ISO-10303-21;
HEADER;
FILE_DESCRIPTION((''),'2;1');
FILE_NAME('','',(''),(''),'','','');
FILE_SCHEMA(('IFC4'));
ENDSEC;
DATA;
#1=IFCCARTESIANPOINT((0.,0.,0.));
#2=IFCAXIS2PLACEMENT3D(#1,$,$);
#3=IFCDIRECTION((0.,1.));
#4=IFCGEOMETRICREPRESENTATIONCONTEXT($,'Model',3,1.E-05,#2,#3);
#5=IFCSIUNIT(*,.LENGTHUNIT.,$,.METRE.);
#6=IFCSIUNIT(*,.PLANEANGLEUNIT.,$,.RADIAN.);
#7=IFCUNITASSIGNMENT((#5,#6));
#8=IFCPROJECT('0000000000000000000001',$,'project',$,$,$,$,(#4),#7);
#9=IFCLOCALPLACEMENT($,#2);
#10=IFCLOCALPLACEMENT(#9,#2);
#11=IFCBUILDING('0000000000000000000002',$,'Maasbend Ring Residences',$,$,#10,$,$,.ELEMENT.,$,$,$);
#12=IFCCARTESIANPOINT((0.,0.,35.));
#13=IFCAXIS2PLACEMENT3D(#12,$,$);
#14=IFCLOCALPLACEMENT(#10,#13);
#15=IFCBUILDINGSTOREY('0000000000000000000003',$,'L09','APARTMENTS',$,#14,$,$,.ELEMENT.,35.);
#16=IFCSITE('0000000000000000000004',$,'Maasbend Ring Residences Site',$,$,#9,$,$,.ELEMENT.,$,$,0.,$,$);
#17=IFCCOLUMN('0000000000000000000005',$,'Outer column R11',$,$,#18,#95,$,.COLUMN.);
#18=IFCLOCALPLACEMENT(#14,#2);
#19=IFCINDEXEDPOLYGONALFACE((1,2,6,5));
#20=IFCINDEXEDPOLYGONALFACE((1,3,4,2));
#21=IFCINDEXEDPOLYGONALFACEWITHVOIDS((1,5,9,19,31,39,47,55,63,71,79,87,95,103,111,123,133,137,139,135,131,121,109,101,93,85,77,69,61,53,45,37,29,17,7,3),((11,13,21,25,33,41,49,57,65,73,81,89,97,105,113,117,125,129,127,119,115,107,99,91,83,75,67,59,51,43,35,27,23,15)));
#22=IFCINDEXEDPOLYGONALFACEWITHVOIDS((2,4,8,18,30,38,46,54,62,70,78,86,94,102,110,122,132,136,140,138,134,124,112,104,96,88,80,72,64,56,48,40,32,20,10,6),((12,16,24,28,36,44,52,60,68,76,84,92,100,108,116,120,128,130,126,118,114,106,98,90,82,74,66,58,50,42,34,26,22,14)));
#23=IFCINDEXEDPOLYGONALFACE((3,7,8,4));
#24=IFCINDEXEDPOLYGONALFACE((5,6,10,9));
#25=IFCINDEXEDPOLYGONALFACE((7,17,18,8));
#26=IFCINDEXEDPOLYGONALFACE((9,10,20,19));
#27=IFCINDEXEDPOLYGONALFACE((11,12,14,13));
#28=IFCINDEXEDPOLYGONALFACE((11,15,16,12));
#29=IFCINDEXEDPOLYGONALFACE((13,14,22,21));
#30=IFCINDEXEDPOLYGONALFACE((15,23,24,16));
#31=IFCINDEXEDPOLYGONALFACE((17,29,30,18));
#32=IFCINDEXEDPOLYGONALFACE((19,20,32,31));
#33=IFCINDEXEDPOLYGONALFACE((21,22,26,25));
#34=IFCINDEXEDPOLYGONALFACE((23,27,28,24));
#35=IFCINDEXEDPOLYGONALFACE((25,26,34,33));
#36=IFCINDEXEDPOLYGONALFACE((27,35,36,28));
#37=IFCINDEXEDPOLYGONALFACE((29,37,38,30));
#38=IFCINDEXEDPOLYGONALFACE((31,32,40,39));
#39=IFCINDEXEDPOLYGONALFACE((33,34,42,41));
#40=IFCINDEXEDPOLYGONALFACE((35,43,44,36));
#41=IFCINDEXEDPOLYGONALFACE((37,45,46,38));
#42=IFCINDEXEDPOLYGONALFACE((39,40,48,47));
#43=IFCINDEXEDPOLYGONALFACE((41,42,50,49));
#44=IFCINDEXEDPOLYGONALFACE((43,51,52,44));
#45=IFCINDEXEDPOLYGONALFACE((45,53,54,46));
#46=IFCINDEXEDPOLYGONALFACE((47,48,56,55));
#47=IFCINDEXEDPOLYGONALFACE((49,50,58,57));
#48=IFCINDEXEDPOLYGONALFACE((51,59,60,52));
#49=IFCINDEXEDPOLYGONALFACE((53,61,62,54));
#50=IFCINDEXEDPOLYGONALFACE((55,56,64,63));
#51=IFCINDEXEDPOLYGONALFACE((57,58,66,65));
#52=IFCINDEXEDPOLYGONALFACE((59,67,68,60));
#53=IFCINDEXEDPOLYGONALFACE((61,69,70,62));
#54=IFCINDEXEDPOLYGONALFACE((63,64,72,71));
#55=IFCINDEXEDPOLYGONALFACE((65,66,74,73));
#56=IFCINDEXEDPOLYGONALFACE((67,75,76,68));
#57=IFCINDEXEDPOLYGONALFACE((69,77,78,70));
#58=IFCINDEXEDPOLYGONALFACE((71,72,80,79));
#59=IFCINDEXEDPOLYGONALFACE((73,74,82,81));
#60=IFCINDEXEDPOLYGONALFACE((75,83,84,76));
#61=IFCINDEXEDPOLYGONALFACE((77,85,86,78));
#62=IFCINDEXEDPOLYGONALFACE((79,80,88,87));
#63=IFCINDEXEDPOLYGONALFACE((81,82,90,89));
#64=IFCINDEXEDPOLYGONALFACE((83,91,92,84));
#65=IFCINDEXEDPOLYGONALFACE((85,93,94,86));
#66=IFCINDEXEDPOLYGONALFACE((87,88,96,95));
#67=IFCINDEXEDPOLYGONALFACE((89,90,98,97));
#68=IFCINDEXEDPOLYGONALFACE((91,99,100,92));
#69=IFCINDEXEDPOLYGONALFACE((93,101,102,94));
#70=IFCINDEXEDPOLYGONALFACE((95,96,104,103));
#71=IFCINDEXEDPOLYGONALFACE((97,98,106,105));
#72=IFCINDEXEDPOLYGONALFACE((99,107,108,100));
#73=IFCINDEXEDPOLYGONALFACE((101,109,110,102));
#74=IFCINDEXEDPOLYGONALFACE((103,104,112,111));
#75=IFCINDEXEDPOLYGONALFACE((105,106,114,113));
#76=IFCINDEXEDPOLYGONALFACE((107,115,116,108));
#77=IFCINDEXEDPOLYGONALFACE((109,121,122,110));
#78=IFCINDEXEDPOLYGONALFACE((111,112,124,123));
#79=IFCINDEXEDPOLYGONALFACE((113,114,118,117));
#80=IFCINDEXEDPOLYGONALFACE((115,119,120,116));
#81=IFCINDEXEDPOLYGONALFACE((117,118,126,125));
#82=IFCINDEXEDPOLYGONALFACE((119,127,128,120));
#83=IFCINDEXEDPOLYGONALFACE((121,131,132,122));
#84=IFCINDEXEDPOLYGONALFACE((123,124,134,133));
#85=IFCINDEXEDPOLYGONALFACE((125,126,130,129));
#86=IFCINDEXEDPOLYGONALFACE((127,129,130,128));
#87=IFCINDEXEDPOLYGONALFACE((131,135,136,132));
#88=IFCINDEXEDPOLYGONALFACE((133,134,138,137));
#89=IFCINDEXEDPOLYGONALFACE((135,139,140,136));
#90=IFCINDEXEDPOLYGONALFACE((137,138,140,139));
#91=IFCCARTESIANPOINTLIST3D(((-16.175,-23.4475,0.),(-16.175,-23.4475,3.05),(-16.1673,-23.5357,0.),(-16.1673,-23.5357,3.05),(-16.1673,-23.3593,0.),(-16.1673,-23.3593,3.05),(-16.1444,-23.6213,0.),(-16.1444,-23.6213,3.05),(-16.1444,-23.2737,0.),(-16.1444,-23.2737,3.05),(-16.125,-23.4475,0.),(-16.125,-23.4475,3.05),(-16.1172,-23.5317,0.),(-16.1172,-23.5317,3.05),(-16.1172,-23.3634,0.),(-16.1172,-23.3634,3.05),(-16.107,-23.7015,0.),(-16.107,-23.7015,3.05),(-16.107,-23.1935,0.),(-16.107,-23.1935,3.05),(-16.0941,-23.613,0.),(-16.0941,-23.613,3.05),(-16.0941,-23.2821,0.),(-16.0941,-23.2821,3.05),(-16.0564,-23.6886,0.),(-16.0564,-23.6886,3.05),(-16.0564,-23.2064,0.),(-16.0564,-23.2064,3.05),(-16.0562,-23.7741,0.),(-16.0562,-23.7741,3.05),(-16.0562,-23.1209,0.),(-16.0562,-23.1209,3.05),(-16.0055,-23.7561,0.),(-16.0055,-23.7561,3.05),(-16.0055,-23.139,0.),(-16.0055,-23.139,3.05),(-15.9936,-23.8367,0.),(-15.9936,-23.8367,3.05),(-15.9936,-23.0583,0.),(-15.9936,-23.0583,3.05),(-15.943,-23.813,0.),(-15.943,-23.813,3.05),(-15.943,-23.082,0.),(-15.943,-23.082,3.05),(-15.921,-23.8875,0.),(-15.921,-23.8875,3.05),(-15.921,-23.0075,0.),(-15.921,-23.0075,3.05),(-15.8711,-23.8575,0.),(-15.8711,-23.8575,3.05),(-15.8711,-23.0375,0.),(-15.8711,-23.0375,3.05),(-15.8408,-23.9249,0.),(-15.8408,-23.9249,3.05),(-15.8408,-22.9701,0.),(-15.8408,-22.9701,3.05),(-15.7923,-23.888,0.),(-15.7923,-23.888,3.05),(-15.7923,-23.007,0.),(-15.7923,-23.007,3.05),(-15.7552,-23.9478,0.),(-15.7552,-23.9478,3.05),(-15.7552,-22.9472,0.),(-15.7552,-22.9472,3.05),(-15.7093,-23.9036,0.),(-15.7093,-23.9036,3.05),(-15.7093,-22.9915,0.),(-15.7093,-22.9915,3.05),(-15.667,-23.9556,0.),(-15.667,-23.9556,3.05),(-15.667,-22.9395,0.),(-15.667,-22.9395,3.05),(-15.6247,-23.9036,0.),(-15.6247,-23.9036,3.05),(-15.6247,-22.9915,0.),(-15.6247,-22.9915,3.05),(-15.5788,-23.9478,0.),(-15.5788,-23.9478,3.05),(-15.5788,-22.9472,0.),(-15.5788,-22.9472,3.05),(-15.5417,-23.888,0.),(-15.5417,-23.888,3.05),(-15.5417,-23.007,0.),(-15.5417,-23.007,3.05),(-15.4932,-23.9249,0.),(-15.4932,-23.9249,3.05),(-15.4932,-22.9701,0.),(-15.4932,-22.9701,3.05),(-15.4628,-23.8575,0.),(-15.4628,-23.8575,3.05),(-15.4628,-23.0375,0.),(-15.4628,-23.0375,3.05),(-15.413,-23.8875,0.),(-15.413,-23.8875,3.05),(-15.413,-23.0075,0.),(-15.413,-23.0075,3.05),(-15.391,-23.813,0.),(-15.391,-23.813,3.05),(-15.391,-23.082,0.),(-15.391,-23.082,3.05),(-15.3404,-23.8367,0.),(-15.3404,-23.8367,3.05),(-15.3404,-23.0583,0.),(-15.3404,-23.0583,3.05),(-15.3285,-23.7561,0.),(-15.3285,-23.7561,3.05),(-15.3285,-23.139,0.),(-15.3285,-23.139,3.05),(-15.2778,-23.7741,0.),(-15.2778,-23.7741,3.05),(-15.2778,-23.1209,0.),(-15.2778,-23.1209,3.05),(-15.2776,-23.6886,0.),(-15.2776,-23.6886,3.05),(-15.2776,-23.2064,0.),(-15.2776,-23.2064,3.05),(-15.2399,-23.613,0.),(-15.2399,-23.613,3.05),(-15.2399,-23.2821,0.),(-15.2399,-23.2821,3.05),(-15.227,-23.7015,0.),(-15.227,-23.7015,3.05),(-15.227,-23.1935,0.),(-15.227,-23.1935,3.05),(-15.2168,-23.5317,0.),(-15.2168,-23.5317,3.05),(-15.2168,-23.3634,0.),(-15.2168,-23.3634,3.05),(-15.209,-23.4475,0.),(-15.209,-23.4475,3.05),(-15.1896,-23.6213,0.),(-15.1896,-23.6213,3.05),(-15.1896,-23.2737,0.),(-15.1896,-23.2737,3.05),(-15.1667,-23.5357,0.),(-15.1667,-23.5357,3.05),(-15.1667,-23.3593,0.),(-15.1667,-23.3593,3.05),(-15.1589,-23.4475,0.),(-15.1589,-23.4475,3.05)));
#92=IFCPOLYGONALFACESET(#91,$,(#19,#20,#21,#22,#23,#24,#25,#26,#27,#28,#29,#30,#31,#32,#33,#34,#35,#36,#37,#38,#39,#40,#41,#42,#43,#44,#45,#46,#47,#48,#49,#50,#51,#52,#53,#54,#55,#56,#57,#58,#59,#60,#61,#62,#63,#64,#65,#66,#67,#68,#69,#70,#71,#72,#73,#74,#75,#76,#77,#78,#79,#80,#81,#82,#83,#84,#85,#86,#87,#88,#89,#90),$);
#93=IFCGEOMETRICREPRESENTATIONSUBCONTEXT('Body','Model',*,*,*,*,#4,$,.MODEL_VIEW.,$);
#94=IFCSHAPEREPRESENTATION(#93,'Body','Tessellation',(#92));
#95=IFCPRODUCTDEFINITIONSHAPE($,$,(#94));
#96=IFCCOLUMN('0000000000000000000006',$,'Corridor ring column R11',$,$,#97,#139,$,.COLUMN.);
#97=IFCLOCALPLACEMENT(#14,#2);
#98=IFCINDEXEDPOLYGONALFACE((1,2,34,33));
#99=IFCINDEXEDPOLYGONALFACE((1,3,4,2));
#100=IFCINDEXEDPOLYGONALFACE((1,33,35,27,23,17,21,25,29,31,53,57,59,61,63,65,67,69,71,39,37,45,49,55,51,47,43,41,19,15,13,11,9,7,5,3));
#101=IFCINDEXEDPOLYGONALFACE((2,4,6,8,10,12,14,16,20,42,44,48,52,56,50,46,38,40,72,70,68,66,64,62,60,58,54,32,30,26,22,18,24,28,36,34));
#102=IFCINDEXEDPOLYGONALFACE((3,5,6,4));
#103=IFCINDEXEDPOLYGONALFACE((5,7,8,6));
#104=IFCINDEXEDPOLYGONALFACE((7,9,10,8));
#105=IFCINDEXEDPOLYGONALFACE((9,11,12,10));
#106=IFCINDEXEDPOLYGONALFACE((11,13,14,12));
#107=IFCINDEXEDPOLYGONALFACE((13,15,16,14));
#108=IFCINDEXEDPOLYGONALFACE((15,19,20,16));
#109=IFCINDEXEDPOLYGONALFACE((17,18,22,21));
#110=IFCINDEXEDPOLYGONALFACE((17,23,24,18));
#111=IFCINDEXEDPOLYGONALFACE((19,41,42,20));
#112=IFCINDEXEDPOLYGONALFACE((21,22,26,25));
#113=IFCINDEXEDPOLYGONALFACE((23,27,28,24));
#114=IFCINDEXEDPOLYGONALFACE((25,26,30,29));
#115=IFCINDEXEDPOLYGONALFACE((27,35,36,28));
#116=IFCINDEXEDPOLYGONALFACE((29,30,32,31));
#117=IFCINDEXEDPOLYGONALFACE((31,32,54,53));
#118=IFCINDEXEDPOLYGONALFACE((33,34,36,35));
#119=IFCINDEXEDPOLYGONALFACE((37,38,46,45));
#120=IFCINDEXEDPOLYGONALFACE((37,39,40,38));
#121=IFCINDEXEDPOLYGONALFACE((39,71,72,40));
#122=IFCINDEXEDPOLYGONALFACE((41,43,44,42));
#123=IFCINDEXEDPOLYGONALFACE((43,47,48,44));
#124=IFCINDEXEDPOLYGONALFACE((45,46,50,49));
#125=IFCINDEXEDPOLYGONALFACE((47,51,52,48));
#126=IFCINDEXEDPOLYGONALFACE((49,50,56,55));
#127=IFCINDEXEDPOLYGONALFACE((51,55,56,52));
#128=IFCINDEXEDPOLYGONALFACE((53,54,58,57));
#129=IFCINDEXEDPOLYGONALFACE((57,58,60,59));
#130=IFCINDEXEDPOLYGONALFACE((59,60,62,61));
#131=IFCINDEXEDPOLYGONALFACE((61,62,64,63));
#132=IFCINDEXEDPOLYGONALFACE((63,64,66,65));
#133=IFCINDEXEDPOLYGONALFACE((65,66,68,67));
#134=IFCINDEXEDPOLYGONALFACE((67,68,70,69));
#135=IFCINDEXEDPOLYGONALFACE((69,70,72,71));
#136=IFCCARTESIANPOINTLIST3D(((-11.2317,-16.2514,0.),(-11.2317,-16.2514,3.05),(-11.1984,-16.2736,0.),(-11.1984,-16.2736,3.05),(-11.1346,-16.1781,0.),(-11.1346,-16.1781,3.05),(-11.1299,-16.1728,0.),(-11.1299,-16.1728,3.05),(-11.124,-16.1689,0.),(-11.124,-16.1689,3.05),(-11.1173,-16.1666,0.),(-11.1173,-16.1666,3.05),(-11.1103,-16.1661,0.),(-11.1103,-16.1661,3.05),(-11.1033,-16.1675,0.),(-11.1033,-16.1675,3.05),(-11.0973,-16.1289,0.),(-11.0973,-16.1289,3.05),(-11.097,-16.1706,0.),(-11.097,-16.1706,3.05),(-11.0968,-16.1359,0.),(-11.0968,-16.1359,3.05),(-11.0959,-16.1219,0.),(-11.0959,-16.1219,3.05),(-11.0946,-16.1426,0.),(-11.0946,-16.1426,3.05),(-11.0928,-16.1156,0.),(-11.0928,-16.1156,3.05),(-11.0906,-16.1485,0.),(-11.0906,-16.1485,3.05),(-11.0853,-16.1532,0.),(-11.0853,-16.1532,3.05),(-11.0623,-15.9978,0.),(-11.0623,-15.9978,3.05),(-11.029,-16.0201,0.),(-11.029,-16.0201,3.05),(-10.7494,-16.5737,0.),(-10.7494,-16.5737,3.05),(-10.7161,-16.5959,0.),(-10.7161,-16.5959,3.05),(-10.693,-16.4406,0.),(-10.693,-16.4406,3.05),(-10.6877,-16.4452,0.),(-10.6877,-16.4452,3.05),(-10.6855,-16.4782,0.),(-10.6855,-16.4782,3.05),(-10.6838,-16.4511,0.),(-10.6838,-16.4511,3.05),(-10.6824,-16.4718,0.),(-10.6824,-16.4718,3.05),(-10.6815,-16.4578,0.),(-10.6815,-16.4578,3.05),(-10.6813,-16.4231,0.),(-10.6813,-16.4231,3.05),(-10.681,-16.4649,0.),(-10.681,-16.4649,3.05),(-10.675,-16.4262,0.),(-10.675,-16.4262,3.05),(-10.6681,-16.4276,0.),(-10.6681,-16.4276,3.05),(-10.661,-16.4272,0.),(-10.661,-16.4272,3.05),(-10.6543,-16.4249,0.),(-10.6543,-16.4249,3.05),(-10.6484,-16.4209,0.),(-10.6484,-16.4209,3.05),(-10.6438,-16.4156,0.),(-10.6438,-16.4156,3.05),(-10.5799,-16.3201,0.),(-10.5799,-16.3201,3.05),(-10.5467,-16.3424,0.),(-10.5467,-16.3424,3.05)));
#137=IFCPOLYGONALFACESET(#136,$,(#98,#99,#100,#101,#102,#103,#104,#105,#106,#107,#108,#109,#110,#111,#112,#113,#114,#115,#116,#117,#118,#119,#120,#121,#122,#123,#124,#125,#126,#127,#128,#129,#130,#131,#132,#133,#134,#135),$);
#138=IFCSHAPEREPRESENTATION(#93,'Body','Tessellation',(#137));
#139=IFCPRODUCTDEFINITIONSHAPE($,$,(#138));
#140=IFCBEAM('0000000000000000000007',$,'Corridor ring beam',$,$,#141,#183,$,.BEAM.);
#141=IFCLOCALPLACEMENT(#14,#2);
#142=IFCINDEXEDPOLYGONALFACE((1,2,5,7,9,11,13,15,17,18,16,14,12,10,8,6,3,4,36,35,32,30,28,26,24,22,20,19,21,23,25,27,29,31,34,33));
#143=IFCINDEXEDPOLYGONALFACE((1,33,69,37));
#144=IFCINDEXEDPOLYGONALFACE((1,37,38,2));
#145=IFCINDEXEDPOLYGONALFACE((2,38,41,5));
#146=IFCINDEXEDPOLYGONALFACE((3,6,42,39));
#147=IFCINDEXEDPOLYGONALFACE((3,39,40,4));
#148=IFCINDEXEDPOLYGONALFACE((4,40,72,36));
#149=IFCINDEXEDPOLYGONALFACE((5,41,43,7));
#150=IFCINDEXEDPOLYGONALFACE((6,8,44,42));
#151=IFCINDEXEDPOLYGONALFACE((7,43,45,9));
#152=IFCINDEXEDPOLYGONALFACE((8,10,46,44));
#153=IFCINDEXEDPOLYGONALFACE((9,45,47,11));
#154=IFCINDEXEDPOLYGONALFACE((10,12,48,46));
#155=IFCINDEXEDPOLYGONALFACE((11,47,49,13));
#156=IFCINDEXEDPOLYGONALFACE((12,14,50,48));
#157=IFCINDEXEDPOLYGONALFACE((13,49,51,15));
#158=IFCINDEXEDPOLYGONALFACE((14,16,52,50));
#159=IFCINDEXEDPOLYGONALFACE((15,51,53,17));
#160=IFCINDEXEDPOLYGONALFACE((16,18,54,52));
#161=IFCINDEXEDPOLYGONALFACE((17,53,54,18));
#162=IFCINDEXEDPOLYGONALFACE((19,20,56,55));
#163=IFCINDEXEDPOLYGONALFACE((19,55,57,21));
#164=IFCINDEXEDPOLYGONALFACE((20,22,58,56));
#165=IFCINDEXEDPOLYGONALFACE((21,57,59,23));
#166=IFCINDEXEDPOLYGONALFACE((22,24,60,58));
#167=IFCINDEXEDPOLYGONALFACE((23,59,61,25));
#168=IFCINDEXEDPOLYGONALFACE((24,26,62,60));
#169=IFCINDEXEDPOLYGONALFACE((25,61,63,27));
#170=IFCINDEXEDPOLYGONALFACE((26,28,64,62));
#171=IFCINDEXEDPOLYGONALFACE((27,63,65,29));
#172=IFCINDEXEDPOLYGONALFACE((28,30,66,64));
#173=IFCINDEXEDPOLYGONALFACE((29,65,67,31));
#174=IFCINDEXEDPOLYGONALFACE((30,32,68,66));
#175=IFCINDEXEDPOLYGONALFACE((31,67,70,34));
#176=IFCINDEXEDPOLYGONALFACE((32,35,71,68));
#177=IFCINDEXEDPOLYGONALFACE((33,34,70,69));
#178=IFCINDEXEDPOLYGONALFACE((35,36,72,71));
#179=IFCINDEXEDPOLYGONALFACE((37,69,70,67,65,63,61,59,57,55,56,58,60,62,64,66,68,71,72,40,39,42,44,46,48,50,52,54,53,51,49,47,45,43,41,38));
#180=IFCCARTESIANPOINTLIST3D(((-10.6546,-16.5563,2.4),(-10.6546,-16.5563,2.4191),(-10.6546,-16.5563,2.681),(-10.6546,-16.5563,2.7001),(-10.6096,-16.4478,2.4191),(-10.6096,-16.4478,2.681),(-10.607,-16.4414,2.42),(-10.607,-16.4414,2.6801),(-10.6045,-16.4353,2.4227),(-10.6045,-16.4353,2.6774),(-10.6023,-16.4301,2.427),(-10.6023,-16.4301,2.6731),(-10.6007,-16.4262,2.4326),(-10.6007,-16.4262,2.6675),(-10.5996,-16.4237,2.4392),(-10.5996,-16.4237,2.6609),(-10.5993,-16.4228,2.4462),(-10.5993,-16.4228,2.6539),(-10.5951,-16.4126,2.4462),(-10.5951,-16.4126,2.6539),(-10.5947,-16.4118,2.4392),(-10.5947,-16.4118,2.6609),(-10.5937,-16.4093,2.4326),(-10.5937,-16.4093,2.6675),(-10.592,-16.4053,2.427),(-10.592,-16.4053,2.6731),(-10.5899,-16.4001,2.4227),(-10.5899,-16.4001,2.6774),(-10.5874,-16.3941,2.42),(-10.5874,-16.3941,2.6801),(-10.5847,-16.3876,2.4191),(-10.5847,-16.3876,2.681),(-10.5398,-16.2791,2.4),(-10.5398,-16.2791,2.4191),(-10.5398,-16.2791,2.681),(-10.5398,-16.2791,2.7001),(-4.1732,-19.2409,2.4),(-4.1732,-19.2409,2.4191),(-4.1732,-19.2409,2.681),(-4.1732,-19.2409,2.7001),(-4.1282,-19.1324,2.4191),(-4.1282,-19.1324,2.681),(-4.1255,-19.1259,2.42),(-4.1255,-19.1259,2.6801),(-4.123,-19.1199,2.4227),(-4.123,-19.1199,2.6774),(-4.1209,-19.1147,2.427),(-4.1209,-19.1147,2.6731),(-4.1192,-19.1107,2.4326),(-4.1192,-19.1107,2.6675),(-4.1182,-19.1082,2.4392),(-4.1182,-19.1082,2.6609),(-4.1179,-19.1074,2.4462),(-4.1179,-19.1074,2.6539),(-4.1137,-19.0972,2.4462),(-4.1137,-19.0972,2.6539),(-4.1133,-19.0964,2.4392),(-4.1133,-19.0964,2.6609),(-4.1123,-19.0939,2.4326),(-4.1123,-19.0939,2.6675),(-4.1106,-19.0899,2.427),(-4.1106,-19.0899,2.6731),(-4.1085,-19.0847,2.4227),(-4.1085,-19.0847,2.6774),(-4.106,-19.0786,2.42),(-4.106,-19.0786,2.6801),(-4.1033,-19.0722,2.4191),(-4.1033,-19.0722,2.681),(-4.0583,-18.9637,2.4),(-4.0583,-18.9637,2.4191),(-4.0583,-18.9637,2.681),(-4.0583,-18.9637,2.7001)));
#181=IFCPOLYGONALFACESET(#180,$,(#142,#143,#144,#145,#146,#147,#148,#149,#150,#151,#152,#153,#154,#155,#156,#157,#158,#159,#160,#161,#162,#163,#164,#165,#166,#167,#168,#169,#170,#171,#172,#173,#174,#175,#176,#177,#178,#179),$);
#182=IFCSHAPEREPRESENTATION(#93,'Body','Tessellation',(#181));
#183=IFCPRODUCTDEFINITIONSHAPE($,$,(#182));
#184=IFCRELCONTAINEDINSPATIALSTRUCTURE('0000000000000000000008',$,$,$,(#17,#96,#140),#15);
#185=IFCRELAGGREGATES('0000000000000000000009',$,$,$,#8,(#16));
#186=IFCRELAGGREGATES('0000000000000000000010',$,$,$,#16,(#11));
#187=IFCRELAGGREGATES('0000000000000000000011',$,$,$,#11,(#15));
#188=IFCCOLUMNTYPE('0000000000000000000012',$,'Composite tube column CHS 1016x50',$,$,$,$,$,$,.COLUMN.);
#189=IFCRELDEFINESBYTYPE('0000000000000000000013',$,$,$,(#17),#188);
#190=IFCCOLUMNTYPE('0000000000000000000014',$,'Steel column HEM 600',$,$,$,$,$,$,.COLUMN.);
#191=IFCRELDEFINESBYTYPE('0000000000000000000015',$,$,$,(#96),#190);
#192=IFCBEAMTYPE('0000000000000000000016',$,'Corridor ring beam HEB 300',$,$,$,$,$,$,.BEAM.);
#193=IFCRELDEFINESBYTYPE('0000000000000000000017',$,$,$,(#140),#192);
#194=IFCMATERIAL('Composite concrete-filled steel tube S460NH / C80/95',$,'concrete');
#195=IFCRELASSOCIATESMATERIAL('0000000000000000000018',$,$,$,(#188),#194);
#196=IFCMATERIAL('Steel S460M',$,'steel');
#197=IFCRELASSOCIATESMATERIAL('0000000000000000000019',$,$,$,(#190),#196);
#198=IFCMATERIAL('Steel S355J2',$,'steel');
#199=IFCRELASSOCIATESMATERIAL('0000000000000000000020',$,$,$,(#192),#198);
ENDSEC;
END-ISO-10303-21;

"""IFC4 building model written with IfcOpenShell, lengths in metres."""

from ifc_helpers import new_model, si_unit, direction, frame, origin, origin_2d, place, context, subcontext, project, spatial, hollow_circle, i_section, extrude, material, material_profile, profile_set, type_object, element, save


model = new_model("IFC4")

# Units and contexts
model_context = context("Model", 3, precision=1e-05, world=origin(), true_north=direction((0.0, 1.0)))
body_context = subcontext(model_context, "Body", "Model", "MODEL_VIEW")
ifc_project = project(units=[si_unit("LENGTHUNIT", "METRE"), si_unit("PLANEANGLEUNIT", "RADIAN")], contexts=[model_context])

# Site, building, storey
site_placement = place(None, origin())
site = spatial("IfcSite", under=ifc_project, at=site_placement, Name="Maasbend Ring Residences Site", CompositionType="ELEMENT", RefElevation=0.0)
building_placement = place(site_placement, origin())
building = spatial("IfcBuilding", under=site, at=building_placement, Name="Maasbend Ring Residences", CompositionType="ELEMENT")
storey_placement = place(building_placement, frame((0.0, 0.0, 35.0)))
storey = spatial("IfcBuildingStorey", under=building, at=storey_placement, Name="L09", Description="APARTMENTS", CompositionType="ELEMENT", Elevation=35.0)

# Columns
ifc_material_1 = material(Name="Composite concrete-filled steel tube S460NH / C80/95", Category="concrete")
ifc_material_profile_1 = material_profile(ifc_material_1, hollow_circle(Radius=0.5081, WallThickness=0.05, at=origin_2d()), Name="Composite tube column CHS 1016x50")
ifc_profile_set_1 = profile_set([ifc_material_profile_1], Name="Composite concrete-filled steel tube S460NH / C80/95")
column_type_1 = type_object("IfcColumnType", Name="Composite tube column CHS 1016x50", PredefinedType="COLUMN", material=ifc_profile_set_1)
column_1_placement = place(storey_placement, frame((-15.667, -23.4475, 0.0), z_axis=(0.0, 0.0, 1.0), x_axis=(1.0, 0.0, 0.0)))
element("IfcColumn", 1, at=column_1_placement, inside=storey, type_object=column_type_1, Name="Outer column R11", PredefinedType="COLUMN", context=body_context, shape_type="SweptSolid", body=[
    extrude(hollow_circle(Radius=0.5081, WallThickness=0.05, at=origin_2d()), origin(), (0.0, 0.0, 1.0), 3.05),
])
ifc_material_2 = material(Name="Steel S460M", Category="steel")
ifc_material_profile_2 = material_profile(ifc_material_2, i_section(OverallWidth=0.3049, OverallDepth=0.6201, WebThickness=0.021, FlangeThickness=0.04, FilletRadius=0.0271, at=origin_2d()), Name="HEM 600")
ifc_profile_set_2 = profile_set([ifc_material_profile_2], Name="Steel S460M")
column_type_2 = type_object("IfcColumnType", Name="Steel column HEM 600", PredefinedType="COLUMN", material=ifc_profile_set_2)
column_2_placement = place(storey_placement, frame((-10.8892, -16.2969, 0.0), z_axis=(0.0, 0.0, 1.0), x_axis=(-0.55557, -0.83147, 0.0)))
element("IfcColumn", 2, at=column_2_placement, inside=storey, type_object=column_type_2, Name="Corridor ring column R11", PredefinedType="COLUMN", context=body_context, shape_type="SweptSolid", body=[
    extrude(i_section(OverallWidth=0.3049, OverallDepth=0.6201, WebThickness=0.021, FlangeThickness=0.04, FilletRadius=0.0271, at=origin_2d()), origin(), (0.0, 0.0, 1.0), 3.05),
])

# Beam
ifc_material_3 = material(Name="Steel S355J2", Category="steel")
ifc_material_profile_3 = material_profile(ifc_material_3, i_section(OverallWidth=0.3, OverallDepth=0.3, WebThickness=0.011, FlangeThickness=0.019, FilletRadius=0.0271, at=origin_2d()), Name="HEB 300")
ifc_profile_set_3 = profile_set([ifc_material_profile_3], Name="Steel S355J2")
beam_type_1 = type_object("IfcBeamType", Name="Corridor ring beam HEB 300", PredefinedType="BEAM", material=ifc_profile_set_3)
beam_1_placement = place(storey_placement, frame((-10.5972, -16.4177, 2.55), z_axis=(0.923886, -0.382667, 0.0), x_axis=(0.382667, 0.923886, 0.0)))
element("IfcBeam", 3, at=beam_1_placement, inside=storey, type_object=beam_type_1, Name="Corridor ring beam", PredefinedType="BEAM", context=body_context, shape_type="SweptSolid", body=[
    extrude(i_section(OverallWidth=0.3, OverallDepth=0.3, WebThickness=0.011, FlangeThickness=0.019, FilletRadius=0.0271, at=origin_2d()), origin(), (0.0, 0.0, 1.0), 7.0154),
])

save(model, "model.ifc")
